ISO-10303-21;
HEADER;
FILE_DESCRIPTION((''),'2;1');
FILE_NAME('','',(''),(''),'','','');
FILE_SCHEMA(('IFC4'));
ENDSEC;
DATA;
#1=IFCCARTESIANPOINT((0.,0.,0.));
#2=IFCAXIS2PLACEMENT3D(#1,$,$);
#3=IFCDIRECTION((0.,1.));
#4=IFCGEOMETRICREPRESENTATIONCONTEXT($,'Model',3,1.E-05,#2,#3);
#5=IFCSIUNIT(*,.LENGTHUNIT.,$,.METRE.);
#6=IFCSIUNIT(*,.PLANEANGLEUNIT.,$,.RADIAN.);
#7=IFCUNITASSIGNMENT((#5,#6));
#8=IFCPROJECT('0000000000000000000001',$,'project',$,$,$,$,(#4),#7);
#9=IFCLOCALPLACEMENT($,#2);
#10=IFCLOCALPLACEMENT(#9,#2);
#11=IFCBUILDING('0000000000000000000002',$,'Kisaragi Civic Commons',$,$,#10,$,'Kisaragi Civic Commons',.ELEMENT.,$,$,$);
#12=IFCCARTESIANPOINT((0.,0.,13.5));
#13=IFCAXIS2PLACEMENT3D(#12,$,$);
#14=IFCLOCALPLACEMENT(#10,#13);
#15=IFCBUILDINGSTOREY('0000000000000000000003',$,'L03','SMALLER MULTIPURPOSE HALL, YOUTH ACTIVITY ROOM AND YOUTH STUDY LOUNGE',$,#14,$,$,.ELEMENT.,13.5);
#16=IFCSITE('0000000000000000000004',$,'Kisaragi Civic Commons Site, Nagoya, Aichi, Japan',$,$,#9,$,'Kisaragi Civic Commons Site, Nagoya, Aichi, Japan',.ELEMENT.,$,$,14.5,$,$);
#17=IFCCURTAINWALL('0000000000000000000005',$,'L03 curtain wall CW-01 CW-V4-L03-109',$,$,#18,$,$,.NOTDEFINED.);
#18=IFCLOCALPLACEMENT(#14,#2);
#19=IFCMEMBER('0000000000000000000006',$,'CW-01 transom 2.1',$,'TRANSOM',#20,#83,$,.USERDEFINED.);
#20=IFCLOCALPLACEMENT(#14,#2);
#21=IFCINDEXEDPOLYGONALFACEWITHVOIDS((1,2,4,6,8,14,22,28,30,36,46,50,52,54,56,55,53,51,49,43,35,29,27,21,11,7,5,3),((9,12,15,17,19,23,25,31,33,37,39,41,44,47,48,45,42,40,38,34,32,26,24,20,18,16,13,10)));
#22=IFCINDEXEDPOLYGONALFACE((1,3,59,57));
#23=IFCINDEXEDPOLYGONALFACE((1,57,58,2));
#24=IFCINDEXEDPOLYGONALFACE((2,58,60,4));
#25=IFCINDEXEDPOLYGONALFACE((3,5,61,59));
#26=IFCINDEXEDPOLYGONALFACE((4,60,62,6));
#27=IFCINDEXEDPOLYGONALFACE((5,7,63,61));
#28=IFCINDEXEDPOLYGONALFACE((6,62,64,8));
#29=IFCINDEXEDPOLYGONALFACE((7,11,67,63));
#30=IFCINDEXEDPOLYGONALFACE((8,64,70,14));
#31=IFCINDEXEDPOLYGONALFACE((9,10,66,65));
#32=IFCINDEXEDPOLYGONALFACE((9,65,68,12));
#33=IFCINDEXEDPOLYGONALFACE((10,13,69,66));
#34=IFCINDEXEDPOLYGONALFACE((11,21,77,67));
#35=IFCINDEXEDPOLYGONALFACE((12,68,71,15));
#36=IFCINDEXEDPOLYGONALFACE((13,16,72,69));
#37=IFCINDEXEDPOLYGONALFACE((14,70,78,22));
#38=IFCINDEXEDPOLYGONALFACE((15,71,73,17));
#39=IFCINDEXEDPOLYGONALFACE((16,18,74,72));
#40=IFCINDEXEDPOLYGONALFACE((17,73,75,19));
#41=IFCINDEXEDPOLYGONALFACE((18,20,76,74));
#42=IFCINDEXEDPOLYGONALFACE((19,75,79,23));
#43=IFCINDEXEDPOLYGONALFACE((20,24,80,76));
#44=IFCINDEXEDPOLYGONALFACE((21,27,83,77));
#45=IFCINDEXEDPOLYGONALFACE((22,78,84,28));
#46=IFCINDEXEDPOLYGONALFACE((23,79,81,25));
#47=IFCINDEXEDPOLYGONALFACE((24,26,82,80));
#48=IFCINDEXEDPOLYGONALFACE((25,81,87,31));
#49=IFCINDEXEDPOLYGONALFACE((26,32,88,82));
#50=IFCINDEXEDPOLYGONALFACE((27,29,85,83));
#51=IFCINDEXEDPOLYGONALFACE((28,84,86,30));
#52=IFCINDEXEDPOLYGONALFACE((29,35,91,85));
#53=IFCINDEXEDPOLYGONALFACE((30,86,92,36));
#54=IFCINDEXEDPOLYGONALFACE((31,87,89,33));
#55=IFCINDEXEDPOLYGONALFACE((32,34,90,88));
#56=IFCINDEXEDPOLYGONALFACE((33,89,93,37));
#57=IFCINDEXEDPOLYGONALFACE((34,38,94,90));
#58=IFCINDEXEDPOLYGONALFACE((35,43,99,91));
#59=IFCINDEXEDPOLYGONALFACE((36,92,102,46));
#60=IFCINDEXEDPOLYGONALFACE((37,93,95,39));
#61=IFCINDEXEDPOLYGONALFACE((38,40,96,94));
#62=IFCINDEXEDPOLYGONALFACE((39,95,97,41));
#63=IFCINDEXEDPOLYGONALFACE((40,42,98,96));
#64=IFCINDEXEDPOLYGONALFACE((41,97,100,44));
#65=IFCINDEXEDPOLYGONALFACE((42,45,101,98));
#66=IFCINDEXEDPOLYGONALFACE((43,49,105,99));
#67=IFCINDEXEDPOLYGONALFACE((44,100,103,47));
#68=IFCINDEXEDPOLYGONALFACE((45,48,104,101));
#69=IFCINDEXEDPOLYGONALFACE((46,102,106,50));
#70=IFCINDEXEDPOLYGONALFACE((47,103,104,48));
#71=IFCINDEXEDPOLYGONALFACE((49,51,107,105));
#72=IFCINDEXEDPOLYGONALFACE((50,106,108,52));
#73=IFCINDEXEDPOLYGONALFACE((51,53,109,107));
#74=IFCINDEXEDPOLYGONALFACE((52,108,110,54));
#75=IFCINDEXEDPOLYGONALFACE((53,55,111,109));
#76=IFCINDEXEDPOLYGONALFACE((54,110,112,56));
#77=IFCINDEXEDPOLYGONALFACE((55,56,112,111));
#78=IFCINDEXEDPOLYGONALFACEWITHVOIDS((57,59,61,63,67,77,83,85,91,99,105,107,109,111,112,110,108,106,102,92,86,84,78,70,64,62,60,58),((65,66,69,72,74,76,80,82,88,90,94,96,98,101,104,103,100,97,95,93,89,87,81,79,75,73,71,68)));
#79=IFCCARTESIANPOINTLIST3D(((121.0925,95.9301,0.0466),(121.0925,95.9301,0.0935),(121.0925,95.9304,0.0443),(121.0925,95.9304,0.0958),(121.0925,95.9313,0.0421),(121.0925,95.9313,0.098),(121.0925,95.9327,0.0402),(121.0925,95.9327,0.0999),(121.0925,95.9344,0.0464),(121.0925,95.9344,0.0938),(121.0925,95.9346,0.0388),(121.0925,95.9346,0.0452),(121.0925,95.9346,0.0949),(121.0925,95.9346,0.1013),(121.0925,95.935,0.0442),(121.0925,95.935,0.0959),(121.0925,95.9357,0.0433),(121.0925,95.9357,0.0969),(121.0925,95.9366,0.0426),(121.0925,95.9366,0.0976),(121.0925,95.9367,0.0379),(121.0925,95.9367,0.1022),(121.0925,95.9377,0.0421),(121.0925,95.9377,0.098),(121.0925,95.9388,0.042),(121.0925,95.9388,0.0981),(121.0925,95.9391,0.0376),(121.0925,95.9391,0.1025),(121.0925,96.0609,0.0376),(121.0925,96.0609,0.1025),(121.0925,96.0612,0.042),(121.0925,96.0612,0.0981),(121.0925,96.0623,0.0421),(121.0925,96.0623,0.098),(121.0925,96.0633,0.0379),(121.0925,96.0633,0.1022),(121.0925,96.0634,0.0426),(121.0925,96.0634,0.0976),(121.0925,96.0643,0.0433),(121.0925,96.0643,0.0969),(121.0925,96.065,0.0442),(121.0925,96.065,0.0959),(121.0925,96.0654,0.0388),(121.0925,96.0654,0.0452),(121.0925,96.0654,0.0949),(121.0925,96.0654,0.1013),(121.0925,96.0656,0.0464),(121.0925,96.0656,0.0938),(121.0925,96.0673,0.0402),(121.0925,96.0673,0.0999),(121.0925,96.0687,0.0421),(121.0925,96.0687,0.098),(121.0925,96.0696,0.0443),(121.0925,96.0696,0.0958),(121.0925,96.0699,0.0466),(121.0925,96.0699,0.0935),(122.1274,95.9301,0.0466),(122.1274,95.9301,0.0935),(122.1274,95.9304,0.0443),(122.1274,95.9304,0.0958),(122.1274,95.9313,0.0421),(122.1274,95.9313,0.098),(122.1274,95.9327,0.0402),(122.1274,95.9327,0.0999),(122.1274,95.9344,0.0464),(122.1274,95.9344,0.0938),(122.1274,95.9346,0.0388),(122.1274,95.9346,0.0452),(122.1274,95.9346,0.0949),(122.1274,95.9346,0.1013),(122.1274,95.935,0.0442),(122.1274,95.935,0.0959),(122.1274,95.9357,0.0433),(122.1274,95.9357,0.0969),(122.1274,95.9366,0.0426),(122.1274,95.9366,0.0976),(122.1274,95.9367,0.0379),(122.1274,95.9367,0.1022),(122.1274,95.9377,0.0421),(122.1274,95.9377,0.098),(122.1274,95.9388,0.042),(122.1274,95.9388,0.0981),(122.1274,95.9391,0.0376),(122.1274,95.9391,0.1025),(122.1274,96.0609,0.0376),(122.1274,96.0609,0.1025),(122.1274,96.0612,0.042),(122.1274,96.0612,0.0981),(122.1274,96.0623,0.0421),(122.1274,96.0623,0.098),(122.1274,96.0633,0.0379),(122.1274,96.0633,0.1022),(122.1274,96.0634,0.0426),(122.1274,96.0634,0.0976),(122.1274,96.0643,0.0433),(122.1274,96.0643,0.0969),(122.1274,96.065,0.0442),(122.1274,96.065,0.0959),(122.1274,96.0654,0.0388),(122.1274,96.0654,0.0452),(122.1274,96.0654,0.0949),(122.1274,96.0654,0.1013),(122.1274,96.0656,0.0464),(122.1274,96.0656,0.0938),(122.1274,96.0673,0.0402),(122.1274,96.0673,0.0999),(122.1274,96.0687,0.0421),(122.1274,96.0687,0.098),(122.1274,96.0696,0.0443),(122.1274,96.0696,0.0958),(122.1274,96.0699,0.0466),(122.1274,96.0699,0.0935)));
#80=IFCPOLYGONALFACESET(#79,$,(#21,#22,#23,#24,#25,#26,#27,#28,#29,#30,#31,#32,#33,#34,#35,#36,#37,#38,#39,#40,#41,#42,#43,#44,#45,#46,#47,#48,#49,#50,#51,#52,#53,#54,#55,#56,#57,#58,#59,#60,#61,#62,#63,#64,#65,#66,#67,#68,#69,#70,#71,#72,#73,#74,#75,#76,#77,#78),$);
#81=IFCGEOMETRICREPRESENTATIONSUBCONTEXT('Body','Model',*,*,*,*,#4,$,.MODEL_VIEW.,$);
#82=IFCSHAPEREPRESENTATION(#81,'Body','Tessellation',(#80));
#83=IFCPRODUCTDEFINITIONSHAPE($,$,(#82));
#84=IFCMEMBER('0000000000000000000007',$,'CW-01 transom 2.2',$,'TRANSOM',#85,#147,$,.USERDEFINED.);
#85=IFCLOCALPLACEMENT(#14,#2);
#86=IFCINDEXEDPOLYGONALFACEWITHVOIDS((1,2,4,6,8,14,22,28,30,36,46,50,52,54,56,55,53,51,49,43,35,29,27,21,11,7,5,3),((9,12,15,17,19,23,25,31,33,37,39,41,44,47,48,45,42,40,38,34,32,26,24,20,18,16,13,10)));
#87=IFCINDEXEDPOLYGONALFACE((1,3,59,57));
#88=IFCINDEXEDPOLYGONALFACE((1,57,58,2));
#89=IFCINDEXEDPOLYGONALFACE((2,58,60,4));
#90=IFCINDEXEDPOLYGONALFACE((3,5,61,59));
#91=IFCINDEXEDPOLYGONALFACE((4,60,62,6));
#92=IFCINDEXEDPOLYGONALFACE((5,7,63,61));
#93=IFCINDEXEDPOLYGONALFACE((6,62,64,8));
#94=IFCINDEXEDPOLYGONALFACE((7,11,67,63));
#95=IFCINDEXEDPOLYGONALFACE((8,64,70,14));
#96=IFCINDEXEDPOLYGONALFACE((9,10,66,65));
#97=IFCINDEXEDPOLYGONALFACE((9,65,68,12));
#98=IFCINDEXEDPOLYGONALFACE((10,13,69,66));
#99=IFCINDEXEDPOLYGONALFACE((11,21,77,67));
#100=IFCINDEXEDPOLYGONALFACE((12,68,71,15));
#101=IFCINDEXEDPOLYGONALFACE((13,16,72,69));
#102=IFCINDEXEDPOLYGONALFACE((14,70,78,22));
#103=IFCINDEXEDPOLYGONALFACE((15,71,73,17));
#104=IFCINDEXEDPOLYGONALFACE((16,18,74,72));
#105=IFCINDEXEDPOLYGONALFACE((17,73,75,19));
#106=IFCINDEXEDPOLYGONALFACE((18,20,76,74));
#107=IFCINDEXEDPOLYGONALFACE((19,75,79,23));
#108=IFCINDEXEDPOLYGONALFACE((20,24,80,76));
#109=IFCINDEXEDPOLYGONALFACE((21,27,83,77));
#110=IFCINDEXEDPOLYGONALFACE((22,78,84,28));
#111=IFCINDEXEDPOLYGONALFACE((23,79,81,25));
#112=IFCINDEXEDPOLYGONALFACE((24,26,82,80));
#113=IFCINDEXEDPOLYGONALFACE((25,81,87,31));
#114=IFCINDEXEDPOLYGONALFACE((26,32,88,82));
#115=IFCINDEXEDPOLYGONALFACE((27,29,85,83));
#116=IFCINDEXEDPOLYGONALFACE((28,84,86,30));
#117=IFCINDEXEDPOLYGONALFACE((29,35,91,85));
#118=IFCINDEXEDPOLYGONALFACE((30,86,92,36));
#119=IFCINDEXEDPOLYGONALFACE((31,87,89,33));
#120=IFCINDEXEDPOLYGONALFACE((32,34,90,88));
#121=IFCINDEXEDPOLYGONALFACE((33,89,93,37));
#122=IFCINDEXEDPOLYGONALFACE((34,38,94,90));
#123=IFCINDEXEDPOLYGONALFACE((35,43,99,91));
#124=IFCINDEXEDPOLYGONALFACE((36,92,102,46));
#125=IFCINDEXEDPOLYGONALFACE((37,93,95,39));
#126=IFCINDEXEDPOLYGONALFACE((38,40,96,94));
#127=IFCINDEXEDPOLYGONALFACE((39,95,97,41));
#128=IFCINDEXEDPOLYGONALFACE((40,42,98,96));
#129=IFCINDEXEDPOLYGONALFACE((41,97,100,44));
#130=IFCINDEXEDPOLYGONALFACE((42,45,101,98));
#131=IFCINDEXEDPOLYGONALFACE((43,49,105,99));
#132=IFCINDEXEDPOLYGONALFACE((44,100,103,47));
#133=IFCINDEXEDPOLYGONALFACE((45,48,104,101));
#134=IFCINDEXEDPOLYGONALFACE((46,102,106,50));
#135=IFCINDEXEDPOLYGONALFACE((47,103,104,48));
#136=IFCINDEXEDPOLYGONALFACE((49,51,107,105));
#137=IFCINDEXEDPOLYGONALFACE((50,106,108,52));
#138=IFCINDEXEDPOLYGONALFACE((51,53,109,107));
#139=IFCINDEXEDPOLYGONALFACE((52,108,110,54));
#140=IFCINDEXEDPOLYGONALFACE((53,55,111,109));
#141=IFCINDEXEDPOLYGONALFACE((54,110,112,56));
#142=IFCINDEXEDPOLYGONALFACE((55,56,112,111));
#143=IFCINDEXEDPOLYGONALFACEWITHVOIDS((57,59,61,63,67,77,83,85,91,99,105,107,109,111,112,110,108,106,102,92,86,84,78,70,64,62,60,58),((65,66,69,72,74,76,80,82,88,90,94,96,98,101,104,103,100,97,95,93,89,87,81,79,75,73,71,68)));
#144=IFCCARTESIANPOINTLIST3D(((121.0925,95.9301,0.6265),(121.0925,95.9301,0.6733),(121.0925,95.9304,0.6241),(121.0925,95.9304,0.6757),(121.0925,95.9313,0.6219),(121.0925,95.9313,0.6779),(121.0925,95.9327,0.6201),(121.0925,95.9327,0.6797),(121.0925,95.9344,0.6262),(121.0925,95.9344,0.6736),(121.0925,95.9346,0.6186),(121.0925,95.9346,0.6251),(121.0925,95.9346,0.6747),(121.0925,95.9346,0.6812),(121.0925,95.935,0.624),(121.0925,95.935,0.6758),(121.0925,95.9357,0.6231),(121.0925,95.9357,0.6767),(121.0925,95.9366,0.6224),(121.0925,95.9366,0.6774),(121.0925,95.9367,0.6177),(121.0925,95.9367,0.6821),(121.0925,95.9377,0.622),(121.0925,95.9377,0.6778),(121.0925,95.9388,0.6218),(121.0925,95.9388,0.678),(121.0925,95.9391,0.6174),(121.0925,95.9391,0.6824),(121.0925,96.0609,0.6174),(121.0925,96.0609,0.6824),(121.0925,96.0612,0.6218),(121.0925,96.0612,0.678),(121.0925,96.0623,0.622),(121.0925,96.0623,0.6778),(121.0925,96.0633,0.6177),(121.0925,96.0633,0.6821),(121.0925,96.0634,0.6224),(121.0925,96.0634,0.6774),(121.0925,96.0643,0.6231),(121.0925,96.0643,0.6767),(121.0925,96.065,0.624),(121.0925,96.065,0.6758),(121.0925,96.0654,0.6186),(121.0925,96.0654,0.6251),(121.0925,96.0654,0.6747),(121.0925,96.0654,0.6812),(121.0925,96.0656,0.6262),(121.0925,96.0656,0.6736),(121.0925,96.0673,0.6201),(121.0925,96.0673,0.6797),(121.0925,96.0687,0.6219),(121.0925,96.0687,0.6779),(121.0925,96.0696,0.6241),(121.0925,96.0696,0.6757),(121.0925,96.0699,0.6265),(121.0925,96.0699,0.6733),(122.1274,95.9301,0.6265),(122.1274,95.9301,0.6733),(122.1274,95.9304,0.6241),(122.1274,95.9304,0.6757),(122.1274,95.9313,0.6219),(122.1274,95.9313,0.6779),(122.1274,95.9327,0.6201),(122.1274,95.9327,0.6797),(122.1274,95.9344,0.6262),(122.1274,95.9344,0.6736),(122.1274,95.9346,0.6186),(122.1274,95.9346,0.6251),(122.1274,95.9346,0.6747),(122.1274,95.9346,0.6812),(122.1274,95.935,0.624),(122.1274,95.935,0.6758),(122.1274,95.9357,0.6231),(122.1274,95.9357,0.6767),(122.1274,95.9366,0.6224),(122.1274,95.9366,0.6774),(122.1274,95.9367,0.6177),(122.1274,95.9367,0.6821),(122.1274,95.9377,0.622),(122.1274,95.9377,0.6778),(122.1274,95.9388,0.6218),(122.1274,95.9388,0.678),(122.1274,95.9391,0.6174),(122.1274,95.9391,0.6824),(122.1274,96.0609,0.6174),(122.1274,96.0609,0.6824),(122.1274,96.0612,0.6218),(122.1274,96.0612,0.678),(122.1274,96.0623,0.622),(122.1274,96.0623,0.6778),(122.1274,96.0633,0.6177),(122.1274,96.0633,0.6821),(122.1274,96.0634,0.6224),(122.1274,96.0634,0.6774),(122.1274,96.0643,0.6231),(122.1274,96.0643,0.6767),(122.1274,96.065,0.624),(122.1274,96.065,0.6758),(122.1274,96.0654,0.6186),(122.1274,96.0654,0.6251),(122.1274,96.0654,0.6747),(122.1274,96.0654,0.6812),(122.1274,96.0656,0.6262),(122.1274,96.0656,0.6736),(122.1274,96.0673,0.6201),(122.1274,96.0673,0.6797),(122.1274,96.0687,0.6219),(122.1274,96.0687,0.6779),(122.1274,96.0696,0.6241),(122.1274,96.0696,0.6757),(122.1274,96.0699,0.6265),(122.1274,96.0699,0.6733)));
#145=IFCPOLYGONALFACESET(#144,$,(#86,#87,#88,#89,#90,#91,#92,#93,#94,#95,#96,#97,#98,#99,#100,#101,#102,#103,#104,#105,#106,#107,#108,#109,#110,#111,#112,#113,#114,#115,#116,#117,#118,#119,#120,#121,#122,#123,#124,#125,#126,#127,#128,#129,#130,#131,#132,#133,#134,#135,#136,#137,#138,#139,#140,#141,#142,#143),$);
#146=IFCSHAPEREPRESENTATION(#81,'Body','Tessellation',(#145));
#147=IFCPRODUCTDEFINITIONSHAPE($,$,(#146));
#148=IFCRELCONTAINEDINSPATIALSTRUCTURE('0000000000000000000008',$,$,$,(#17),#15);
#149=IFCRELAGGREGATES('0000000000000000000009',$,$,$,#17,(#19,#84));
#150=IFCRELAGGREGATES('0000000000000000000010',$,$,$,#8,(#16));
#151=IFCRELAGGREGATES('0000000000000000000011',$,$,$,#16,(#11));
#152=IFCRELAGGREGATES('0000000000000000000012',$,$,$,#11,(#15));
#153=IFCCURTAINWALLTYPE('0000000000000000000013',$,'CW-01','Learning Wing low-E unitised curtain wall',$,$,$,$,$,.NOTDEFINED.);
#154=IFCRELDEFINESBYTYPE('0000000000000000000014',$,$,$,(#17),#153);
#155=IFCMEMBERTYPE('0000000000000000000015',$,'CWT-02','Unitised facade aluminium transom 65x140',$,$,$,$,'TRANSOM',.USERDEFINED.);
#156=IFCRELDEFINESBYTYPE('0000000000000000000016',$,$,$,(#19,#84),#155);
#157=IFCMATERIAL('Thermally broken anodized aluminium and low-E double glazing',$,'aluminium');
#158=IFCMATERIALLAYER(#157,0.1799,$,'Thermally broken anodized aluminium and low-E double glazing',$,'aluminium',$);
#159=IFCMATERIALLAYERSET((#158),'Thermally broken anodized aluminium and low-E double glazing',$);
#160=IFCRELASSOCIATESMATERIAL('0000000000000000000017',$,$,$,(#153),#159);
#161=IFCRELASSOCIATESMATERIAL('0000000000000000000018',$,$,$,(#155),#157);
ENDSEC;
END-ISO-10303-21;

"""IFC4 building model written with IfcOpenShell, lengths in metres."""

from ifc_helpers import new_model, si_unit, direction, frame, origin, origin_2d, place, context, subcontext, project, spatial, hollow_rectangle, extrude, material, layer, layer_set, material_profile, profile_set, type_object, element, aggregate, save


model = new_model("IFC4")

# Units and contexts
model_context = context("Model", 3, precision=1e-05, world=origin(), true_north=direction((0.0, 1.0)))
body_context = subcontext(model_context, "Body", "Model", "MODEL_VIEW")
ifc_project = project(units=[si_unit("LENGTHUNIT", "METRE"), si_unit("PLANEANGLEUNIT", "RADIAN")], contexts=[model_context])

# Site, building, storey
site_placement = place(None, origin())
site = spatial("IfcSite", under=ifc_project, at=site_placement, Name="Kisaragi Civic Commons Site, Nagoya, Aichi, Japan", LongName="Kisaragi Civic Commons Site, Nagoya, Aichi, Japan", CompositionType="ELEMENT", RefElevation=14.5)
building_placement = place(site_placement, origin())
building = spatial("IfcBuilding", under=site, at=building_placement, Name="Kisaragi Civic Commons", LongName="Kisaragi Civic Commons", CompositionType="ELEMENT")
storey_placement = place(building_placement, frame((0.0, 0.0, 13.5)))
storey = spatial("IfcBuildingStorey", under=building, at=storey_placement, Name="L03", Description="SMALLER MULTIPURPOSE HALL, YOUTH ACTIVITY ROOM AND YOUTH STUDY LOUNGE", CompositionType="ELEMENT", Elevation=13.5)

# Curtain wall, members
ifc_material_1 = material(Name="Thermally broken anodized aluminium and low-E double glazing", Category="aluminium")
ifc_layer_1 = layer(ifc_material_1, 0.1799, Name="Thermally broken anodized aluminium and low-E double glazing", Category="aluminium")
ifc_layer_set_1 = layer_set([ifc_layer_1], Name="Thermally broken anodized aluminium and low-E double glazing")
curtain_wall_type = type_object("IfcCurtainWallType", Name="CW-01", Description="Learning Wing low-E unitised curtain wall", PredefinedType="NOTDEFINED", material=ifc_layer_set_1)
curtain_wall_placement = place(storey_placement, origin())
curtain_wall = element("IfcCurtainWall", 1, at=curtain_wall_placement, inside=storey, type_object=curtain_wall_type, Name="L03 curtain wall CW-01 CW-V4-L03-109", PredefinedType="NOTDEFINED")
ifc_material_profile_1 = material_profile(ifc_material_1, hollow_rectangle(XDim=0.1399, YDim=0.0649, WallThickness=0.0044, InnerFilletRadius=0.0044, OuterFilletRadius=0.009, at=origin_2d()), Name="CWT-65x140x4.5", Category="aluminium")
ifc_profile_set_1 = profile_set([ifc_material_profile_1], Name="Thermally broken anodized aluminium and low-E double glazing")
member_type_1 = type_object("IfcMemberType", Name="CWT-02", Description="Unitised facade aluminium transom 65x140", ElementType="TRANSOM", PredefinedType="USERDEFINED", material=ifc_profile_set_1)
member_1_placement = place(storey_placement, frame((122.1274, 96.0, 0.0701), z_axis=(-1.0, 0.0, 0.0), x_axis=(0.0, -1.0, 0.0)))
member_1 = element("IfcMember", 2, at=member_1_placement, type_object=member_type_1, Name="CW-01 transom 2.1", ObjectType="TRANSOM", PredefinedType="USERDEFINED", context=body_context, shape_type="SweptSolid", body=[
    extrude(hollow_rectangle(XDim=0.1399, YDim=0.0649, WallThickness=0.0044, InnerFilletRadius=0.0044, OuterFilletRadius=0.009, at=origin_2d()), origin(), (0.0, 0.0, 1.0), 1.0349),
])
member_2_placement = place(storey_placement, frame((122.1274, 96.0, 0.6499), z_axis=(-1.0, 0.0, 0.0), x_axis=(0.0, -1.0, 0.0)))
member_2 = element("IfcMember", 3, at=member_2_placement, type_object=member_type_1, Name="CW-01 transom 2.2", ObjectType="TRANSOM", PredefinedType="USERDEFINED", context=body_context, shape_type="SweptSolid", body=[
    extrude(hollow_rectangle(XDim=0.1399, YDim=0.0649, WallThickness=0.0044, InnerFilletRadius=0.0044, OuterFilletRadius=0.009, at=origin_2d()), origin(), (0.0, 0.0, 1.0), 1.0349),
])

aggregate(curtain_wall, [member_1, member_2])

save(model, "model.ifc")
